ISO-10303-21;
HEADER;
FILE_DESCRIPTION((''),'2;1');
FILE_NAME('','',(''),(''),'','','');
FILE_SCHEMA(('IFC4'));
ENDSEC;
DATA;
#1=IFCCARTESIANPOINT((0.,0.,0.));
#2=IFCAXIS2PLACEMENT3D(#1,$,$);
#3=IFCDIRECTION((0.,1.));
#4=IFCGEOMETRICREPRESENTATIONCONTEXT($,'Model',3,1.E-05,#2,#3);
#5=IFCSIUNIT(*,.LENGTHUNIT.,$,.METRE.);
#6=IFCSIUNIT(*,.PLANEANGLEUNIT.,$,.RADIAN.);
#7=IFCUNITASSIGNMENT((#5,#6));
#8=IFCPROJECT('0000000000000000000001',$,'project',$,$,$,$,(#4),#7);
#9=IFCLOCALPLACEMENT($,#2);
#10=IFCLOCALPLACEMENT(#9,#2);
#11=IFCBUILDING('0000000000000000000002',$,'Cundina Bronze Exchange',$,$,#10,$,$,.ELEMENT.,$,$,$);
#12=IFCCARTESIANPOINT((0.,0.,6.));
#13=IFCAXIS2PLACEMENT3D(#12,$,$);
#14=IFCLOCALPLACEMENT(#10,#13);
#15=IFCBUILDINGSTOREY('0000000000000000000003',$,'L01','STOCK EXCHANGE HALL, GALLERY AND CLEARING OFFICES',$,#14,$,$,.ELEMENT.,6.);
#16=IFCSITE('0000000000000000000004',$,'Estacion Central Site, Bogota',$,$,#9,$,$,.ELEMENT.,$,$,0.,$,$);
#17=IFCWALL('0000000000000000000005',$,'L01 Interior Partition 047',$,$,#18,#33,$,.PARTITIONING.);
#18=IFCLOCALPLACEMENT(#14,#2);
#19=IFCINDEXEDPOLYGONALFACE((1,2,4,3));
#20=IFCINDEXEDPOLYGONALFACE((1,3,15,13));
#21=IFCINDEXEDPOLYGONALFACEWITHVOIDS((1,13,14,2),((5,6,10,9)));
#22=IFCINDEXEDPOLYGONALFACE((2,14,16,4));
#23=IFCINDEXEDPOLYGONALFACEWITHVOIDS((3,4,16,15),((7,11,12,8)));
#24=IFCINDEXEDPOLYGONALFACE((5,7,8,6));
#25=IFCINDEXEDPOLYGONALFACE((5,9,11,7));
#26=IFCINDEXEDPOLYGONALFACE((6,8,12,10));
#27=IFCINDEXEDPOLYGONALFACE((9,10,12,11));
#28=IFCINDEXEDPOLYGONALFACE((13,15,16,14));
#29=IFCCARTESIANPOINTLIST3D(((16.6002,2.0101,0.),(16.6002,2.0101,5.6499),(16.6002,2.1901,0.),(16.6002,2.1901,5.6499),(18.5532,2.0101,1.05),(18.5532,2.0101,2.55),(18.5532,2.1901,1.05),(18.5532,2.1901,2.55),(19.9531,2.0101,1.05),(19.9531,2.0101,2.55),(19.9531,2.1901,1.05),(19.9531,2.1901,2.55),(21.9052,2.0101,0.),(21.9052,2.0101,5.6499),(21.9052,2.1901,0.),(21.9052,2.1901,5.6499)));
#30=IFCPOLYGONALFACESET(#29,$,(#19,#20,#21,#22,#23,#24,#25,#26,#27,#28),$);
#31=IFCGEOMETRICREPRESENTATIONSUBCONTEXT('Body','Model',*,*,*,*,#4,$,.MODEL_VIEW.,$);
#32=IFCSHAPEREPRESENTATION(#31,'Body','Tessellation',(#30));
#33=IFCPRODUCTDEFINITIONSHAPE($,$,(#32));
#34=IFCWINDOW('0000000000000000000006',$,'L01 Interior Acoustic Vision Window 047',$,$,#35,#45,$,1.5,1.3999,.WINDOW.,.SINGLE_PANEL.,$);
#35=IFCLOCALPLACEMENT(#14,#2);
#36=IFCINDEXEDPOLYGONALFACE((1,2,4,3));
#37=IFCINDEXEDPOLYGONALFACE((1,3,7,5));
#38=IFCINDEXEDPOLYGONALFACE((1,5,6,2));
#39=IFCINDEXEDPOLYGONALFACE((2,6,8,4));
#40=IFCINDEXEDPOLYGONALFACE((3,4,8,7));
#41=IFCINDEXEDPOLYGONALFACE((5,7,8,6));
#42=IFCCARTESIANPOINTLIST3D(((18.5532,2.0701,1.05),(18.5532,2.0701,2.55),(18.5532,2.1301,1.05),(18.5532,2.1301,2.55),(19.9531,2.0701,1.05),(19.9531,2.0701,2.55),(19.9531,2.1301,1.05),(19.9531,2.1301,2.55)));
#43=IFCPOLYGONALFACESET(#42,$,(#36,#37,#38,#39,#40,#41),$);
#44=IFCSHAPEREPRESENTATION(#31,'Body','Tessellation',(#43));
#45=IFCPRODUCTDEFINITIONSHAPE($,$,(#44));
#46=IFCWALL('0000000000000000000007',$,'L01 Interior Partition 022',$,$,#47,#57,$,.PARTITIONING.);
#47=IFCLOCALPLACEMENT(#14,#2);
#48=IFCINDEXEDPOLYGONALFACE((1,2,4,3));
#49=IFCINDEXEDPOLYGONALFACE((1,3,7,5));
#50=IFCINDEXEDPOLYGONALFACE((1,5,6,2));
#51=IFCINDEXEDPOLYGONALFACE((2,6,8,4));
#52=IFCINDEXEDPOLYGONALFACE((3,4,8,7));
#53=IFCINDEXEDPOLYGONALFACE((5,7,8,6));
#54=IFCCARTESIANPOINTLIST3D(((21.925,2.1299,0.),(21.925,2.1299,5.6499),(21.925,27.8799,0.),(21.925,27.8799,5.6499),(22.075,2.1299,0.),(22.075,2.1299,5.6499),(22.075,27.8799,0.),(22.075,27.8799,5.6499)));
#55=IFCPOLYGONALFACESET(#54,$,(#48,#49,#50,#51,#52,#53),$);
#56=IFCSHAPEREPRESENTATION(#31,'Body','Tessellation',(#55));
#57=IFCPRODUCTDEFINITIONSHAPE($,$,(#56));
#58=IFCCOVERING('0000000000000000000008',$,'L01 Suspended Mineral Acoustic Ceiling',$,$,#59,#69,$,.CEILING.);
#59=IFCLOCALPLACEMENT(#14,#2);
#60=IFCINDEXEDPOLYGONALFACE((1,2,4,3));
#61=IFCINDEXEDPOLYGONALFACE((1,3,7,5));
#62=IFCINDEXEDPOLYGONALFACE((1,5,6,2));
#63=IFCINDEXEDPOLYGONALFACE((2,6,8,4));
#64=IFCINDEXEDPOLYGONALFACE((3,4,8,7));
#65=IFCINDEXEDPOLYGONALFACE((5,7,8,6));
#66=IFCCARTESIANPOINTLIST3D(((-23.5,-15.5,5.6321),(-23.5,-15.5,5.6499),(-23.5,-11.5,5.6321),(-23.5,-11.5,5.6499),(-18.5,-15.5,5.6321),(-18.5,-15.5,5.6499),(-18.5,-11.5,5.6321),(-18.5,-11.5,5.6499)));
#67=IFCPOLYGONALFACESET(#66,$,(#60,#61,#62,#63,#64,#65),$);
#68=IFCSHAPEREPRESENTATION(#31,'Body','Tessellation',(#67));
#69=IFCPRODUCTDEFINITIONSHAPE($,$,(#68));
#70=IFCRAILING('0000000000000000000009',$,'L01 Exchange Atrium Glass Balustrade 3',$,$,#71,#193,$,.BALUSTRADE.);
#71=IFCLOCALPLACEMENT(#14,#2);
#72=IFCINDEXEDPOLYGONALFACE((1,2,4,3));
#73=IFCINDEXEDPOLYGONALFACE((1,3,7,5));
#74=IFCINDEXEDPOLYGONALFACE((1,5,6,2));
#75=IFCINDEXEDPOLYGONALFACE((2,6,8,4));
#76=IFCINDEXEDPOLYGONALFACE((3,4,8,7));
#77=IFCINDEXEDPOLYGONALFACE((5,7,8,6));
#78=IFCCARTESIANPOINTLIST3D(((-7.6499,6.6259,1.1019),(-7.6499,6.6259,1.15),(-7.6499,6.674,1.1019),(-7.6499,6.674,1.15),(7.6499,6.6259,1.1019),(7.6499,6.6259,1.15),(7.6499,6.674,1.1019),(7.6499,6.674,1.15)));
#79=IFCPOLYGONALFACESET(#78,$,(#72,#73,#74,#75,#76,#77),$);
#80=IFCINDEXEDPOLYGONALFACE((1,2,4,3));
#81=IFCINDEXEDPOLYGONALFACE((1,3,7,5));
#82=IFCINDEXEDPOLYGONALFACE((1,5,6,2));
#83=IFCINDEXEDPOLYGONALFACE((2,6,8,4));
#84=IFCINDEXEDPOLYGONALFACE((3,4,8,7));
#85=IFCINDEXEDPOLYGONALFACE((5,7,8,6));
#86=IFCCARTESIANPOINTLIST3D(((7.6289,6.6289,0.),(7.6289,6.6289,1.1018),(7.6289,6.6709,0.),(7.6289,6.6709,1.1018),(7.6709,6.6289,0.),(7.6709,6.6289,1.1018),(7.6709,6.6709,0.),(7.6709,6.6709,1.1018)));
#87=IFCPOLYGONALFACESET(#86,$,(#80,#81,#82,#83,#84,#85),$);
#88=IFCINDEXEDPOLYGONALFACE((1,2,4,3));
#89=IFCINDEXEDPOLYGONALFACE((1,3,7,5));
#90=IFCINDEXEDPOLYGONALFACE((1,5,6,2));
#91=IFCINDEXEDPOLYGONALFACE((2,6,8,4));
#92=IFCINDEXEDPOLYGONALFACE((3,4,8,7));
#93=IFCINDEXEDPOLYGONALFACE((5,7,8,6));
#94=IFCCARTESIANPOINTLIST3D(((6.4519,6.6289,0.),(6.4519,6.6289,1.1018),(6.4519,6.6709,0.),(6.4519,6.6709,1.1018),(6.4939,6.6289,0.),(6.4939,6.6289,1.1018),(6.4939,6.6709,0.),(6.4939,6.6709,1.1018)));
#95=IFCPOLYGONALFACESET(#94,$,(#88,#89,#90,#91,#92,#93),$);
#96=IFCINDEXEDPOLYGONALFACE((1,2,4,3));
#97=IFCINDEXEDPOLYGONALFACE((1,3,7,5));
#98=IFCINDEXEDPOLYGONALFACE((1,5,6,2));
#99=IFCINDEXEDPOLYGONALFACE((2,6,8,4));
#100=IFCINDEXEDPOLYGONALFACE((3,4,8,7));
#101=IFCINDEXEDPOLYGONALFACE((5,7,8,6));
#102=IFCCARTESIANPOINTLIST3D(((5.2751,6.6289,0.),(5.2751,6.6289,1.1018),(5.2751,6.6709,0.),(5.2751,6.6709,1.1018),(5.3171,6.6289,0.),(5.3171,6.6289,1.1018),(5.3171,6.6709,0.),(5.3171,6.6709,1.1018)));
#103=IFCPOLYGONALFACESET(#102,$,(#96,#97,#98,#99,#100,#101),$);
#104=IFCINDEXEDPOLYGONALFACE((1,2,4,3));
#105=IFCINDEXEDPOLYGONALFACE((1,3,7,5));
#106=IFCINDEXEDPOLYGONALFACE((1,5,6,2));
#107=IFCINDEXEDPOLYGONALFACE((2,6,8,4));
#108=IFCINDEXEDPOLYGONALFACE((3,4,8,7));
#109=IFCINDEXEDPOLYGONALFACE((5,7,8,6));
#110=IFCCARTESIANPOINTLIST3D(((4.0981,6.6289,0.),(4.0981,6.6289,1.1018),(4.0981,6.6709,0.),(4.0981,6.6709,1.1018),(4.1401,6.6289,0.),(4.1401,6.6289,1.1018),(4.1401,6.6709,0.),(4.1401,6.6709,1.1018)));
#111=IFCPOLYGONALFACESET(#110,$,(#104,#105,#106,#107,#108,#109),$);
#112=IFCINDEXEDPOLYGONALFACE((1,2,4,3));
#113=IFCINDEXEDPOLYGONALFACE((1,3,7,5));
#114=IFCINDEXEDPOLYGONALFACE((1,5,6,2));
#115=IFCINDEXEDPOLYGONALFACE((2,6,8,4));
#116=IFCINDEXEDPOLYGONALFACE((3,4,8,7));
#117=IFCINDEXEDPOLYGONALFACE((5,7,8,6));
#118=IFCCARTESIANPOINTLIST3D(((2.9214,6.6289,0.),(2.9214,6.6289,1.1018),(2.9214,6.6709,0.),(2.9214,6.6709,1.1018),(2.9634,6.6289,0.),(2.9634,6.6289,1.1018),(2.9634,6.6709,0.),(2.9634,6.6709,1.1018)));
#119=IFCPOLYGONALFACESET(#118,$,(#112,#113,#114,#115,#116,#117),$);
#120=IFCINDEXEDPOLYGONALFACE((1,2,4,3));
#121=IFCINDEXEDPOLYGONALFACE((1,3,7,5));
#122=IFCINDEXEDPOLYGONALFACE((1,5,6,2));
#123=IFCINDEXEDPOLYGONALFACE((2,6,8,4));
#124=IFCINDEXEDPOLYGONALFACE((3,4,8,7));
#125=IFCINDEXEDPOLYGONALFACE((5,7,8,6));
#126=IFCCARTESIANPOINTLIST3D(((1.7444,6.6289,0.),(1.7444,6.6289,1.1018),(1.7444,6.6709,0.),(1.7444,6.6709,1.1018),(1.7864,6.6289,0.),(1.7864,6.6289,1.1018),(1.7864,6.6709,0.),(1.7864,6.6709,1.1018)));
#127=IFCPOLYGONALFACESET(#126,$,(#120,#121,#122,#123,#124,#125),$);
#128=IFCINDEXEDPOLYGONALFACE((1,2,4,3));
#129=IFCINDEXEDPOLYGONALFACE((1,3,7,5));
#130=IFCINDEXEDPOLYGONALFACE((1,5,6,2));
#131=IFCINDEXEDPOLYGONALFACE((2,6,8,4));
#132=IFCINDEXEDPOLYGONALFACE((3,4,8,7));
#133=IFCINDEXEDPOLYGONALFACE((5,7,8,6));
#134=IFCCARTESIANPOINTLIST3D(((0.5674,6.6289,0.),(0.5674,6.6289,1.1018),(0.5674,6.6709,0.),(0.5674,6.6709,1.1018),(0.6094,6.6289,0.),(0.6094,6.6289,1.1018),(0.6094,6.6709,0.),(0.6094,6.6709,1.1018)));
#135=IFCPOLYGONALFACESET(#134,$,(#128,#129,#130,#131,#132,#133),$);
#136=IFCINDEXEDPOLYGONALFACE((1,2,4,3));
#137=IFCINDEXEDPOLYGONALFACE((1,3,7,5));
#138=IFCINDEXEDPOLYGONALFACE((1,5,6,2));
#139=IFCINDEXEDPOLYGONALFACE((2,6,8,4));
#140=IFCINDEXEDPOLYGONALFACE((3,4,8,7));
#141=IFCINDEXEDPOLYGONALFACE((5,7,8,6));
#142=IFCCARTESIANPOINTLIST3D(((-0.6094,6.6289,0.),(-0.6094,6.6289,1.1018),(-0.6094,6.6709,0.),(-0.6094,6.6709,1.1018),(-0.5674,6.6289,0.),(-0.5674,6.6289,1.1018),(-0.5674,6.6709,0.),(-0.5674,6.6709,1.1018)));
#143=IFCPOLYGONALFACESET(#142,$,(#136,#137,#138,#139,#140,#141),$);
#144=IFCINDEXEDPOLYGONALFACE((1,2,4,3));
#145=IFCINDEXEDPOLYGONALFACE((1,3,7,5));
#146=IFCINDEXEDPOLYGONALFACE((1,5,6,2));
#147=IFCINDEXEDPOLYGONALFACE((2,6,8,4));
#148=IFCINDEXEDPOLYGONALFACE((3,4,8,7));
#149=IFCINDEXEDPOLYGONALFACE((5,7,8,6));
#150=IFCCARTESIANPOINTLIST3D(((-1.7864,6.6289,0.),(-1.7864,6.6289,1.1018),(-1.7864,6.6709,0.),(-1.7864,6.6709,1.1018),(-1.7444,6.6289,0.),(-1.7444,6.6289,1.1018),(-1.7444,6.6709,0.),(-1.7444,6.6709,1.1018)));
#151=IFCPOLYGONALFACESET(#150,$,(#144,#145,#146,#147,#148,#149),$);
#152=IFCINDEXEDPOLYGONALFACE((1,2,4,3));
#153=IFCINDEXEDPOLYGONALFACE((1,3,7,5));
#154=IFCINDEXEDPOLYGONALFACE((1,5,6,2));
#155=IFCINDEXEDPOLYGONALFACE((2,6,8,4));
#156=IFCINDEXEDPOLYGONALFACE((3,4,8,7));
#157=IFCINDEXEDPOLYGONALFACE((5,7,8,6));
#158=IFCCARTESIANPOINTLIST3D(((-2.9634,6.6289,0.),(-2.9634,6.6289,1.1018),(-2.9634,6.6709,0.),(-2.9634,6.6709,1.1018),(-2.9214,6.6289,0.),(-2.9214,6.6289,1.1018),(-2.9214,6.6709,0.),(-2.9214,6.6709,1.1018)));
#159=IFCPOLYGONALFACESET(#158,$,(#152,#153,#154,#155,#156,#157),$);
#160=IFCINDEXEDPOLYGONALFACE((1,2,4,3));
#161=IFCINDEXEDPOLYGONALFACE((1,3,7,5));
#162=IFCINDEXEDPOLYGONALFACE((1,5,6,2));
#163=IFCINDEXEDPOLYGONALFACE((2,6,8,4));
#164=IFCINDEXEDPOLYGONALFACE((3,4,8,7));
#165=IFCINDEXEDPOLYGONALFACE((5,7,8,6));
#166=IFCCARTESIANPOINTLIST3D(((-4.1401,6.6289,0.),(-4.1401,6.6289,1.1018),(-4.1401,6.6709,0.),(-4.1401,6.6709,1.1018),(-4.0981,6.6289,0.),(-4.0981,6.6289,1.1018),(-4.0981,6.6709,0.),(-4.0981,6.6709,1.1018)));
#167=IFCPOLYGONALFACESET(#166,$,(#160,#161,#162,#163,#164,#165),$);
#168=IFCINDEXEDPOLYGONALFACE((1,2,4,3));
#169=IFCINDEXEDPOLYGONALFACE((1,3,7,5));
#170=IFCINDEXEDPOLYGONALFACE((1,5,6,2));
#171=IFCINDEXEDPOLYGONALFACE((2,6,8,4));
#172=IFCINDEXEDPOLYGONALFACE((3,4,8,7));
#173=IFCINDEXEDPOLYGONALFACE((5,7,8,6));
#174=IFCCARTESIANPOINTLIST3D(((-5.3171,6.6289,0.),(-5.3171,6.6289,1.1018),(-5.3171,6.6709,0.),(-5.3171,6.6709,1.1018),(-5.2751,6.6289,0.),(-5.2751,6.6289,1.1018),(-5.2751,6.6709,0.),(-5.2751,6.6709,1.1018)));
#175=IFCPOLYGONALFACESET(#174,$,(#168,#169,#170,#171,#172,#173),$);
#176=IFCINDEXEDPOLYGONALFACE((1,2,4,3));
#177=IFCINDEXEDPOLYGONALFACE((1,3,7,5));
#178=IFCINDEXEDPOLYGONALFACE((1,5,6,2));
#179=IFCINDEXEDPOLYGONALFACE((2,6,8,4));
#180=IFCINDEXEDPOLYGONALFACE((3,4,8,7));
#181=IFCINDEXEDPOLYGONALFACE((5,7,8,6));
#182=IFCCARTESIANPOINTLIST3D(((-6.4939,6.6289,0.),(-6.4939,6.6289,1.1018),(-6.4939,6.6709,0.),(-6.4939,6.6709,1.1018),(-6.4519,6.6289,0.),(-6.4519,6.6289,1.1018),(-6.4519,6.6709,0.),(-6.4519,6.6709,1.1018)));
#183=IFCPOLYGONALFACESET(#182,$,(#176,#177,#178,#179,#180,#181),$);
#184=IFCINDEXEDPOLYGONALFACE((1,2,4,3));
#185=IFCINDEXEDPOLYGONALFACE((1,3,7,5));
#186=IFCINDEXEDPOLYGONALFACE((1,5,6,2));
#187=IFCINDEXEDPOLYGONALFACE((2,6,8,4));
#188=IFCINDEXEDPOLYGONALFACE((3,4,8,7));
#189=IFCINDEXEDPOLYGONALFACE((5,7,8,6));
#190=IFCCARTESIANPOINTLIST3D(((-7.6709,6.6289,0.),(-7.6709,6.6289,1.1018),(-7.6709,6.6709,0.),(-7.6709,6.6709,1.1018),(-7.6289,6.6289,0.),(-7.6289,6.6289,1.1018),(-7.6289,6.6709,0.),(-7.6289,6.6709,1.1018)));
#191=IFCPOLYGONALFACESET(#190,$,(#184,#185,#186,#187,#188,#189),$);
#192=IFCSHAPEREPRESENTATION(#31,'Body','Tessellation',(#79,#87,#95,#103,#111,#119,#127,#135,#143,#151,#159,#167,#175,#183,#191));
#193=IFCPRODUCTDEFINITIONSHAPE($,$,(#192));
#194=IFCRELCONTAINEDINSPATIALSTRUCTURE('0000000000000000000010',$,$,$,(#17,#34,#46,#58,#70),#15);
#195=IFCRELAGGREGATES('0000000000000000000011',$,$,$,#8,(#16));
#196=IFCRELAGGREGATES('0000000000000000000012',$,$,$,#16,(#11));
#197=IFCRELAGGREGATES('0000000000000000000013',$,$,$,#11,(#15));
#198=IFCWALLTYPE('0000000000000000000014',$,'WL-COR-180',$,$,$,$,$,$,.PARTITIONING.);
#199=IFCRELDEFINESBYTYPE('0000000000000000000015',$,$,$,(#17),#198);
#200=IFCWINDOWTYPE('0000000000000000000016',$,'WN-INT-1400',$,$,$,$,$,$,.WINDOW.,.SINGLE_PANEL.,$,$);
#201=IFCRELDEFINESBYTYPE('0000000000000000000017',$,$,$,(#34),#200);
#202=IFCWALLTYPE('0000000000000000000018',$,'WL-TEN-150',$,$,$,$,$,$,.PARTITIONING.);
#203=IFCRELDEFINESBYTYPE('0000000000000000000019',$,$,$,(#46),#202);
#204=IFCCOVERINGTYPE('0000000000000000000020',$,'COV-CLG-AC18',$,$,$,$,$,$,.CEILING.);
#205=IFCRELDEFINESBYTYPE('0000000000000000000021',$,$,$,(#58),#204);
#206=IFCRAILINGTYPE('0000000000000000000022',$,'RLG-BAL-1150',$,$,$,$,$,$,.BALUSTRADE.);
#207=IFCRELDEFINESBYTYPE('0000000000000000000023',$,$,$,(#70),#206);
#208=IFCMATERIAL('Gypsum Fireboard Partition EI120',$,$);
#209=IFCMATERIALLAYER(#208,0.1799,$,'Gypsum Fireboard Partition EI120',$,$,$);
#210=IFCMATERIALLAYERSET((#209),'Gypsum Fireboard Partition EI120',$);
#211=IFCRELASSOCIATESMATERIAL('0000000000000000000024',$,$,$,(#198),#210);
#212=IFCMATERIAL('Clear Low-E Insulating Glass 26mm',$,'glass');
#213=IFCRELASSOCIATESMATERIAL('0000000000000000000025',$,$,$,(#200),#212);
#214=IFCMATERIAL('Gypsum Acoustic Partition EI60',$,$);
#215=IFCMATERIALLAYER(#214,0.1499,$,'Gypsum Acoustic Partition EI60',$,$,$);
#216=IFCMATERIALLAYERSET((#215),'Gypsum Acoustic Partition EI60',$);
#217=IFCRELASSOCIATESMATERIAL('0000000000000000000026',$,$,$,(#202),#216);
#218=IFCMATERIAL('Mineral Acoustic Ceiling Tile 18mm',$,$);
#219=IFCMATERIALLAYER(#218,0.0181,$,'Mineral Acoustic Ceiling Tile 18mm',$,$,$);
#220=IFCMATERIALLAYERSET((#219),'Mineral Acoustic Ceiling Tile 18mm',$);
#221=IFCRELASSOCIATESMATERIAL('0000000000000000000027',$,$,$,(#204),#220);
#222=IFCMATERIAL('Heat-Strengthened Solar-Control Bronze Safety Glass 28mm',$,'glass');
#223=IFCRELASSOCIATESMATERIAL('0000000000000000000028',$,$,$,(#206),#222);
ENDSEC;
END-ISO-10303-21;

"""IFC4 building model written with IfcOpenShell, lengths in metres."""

from ifc_helpers import new_model, si_unit, direction, frame, frame_2d, origin, origin_2d, place, context, subcontext, project, spatial, polyline, rectangle, outline, extrude, material, layer, layer_set, type_object, element, fill, save


model = new_model("IFC4")

# Units and contexts
model_context = context("Model", 3, precision=1e-05, world=origin(), true_north=direction((0.0, 1.0)))
body_context = subcontext(model_context, "Body", "Model", "MODEL_VIEW")
ifc_project = project(units=[si_unit("LENGTHUNIT", "METRE"), si_unit("PLANEANGLEUNIT", "RADIAN")], contexts=[model_context])

# Site, building, storey
site_placement = place(None, origin())
site = spatial("IfcSite", under=ifc_project, at=site_placement, Name="Estacion Central Site, Bogota", CompositionType="ELEMENT", RefElevation=0.0)
building_placement = place(site_placement, origin())
building = spatial("IfcBuilding", under=site, at=building_placement, Name="Cundina Bronze Exchange", CompositionType="ELEMENT")
storey_placement = place(building_placement, frame((0.0, 0.0, 6.0)))
storey = spatial("IfcBuildingStorey", under=building, at=storey_placement, Name="L01", Description="STOCK EXCHANGE HALL, GALLERY AND CLEARING OFFICES", CompositionType="ELEMENT", Elevation=6.0)

# Shared definitions
ifc_material_1 = material(Name="Gypsum Fireboard Partition EI120")
ifc_layer_1 = layer(ifc_material_1, 0.1799, Name="Gypsum Fireboard Partition EI120")
ifc_layer_set_1 = layer_set([ifc_layer_1], Name="Gypsum Fireboard Partition EI120")
wall_type_1 = type_object("IfcWallType", Name="WL-COR-180", PredefinedType="PARTITIONING", material=ifc_layer_set_1)

# Wall, opening, window
ifc_material_2 = material(Name="Clear Low-E Insulating Glass 26mm", Category="glass")
wall_1_placement = place(storey_placement, frame((21.905, 2.1001, 0.0), z_axis=(0.0, 0.0, 1.0), x_axis=(-1.0, 0.0, 0.0)))
wall_1 = element("IfcWall", 1, at=wall_1_placement, inside=storey, type_object=wall_type_1, Name="L01 Interior Partition 047", PredefinedType="PARTITIONING", context=body_context, shape_type="SweptSolid", body=[
    extrude(rectangle(XDim=5.3049, YDim=0.1799, at=frame_2d((2.6523, 0.0))), origin(), (0.0, 0.0, 1.0), 5.6499),
])
opening_1_placement = place(wall_1_placement, frame((1.9519, 0.0, 1.05)))
opening_1 = element("IfcOpeningElement", 2, at=opening_1_placement, cuts=wall_1, PredefinedType="OPENING", context=body_context, shape_type="SweptSolid", body=[
    extrude(rectangle(XDim=1.3999, YDim=1.5, at=frame_2d((0.7, 0.75))), frame((0.0, 0.0999, 0.0), z_axis=(0.0, -1.0, 0.0), x_axis=(1.0, 0.0, 0.0)), (0.0, 0.0, 1.0), 0.2),
])
window_type_1 = type_object("IfcWindowType", Name="WN-INT-1400", PartitioningType="SINGLE_PANEL", PredefinedType="WINDOW", material=ifc_material_2)
window_1_placement = place(opening_1_placement, origin())
window_1 = element("IfcWindow", 3, at=window_1_placement, inside=storey, type_object=window_type_1, Name="L01 Interior Acoustic Vision Window 047", OverallHeight=1.5, OverallWidth=1.3999, PartitioningType="SINGLE_PANEL", PredefinedType="WINDOW", context=body_context, shape_type="SweptSolid", body=[
    extrude(rectangle(XDim=1.3999, YDim=1.5, at=frame_2d((0.7, 0.75))), frame((0.0, 0.03, 0.0), z_axis=(0.0, -1.0, 0.0), x_axis=(1.0, 0.0, 0.0)), (0.0, 0.0, 1.0), 0.0601),
])
fill(opening_1, window_1)

# Wall
ifc_material_3 = material(Name="Gypsum Acoustic Partition EI60")
ifc_layer_2 = layer(ifc_material_3, 0.1499, Name="Gypsum Acoustic Partition EI60")
ifc_layer_set_2 = layer_set([ifc_layer_2], Name="Gypsum Acoustic Partition EI60")
wall_type_2 = type_object("IfcWallType", Name="WL-TEN-150", PredefinedType="PARTITIONING", material=ifc_layer_set_2)
wall_2_placement = place(storey_placement, frame((22.0, 2.1299, 0.0), z_axis=(0.0, 0.0, 1.0), x_axis=(0.0, 1.0, 0.0)))
element("IfcWall", 4, at=wall_2_placement, inside=storey, type_object=wall_type_2, Name="L01 Interior Partition 022", PredefinedType="PARTITIONING", context=body_context, shape_type="SweptSolid", body=[
    extrude(rectangle(XDim=25.75, YDim=0.1499, at=frame_2d((12.875, 0.0))), origin(), (0.0, 0.0, 1.0), 5.6499),
])

# Covering
ifc_material_4 = material(Name="Mineral Acoustic Ceiling Tile 18mm")
ifc_layer_3 = layer(ifc_material_4, 0.0181, Name="Mineral Acoustic Ceiling Tile 18mm")
ifc_layer_set_3 = layer_set([ifc_layer_3], Name="Mineral Acoustic Ceiling Tile 18mm")
covering_type = type_object("IfcCoveringType", Name="COV-CLG-AC18", PredefinedType="CEILING", material=ifc_layer_set_3)
covering_placement = place(storey_placement, frame((0.0, 0.0, 5.6321)))
element("IfcCovering", 5, at=covering_placement, inside=storey, type_object=covering_type, Name="L01 Suspended Mineral Acoustic Ceiling", PredefinedType="CEILING", context=body_context, shape_type="SweptSolid", body=[
    extrude(outline(polyline([(-23.5, -15.5), (-18.5, -15.5), (-18.5, -11.5), (-23.5, -11.5), (-23.5, -15.5)])), origin(), (0.0, 0.0, 1.0), 0.0178),
])

# Railing
ifc_material_5 = material(Name="Heat-Strengthened Solar-Control Bronze Safety Glass 28mm", Category="glass")
railing_type = type_object("IfcRailingType", Name="RLG-BAL-1150", PredefinedType="BALUSTRADE", material=ifc_material_5)
railing_placement = place(storey_placement, frame((7.6499, 6.6499, 0.0)))
element("IfcRailing", 6, at=railing_placement, inside=storey, type_object=railing_type, Name="L01 Exchange Atrium Glass Balustrade 3", PredefinedType="BALUSTRADE", context=body_context, shape_type="SweptSolid", body=[
    extrude(rectangle(XDim=0.0481, YDim=0.0481, at=origin_2d()), frame((0.0, 0.0, 1.126), z_axis=(-1.0, 0.0, 0.0), x_axis=(0.0, -1.0, 0.0)), (0.0, 0.0, 1.0), 15.2998),
    extrude(rectangle(XDim=0.042, YDim=0.042, at=origin_2d()), origin(), (0.0, 0.0, 1.0), 1.1018),
    extrude(rectangle(XDim=0.042, YDim=0.042, at=origin_2d()), frame((-1.177, 0.0, 0.0)), (0.0, 0.0, 1.0), 1.1018),
    extrude(rectangle(XDim=0.042, YDim=0.042, at=origin_2d()), frame((-2.3538, 0.0, 0.0)), (0.0, 0.0, 1.0), 1.1018),
    extrude(rectangle(XDim=0.042, YDim=0.042, at=origin_2d()), frame((-3.5308, 0.0, 0.0)), (0.0, 0.0, 1.0), 1.1018),
    extrude(rectangle(XDim=0.042, YDim=0.042, at=origin_2d()), frame((-4.7075, 0.0, 0.0)), (0.0, 0.0, 1.0), 1.1018),
    extrude(rectangle(XDim=0.042, YDim=0.042, at=origin_2d()), frame((-5.8845, 0.0, 0.0)), (0.0, 0.0, 1.0), 1.1018),
    extrude(rectangle(XDim=0.042, YDim=0.042, at=origin_2d()), frame((-7.0615, 0.0, 0.0)), (0.0, 0.0, 1.0), 1.1018),
    extrude(rectangle(XDim=0.042, YDim=0.042, at=origin_2d()), frame((-8.2383, 0.0, 0.0)), (0.0, 0.0, 1.0), 1.1018),
    extrude(rectangle(XDim=0.042, YDim=0.042, at=origin_2d()), frame((-9.4153, 0.0, 0.0)), (0.0, 0.0, 1.0), 1.1018),
    extrude(rectangle(XDim=0.042, YDim=0.042, at=origin_2d()), frame((-10.5923, 0.0, 0.0)), (0.0, 0.0, 1.0), 1.1018),
    extrude(rectangle(XDim=0.042, YDim=0.042, at=origin_2d()), frame((-11.769, 0.0, 0.0)), (0.0, 0.0, 1.0), 1.1018),
    extrude(rectangle(XDim=0.042, YDim=0.042, at=origin_2d()), frame((-12.946, 0.0, 0.0)), (0.0, 0.0, 1.0), 1.1018),
    extrude(rectangle(XDim=0.042, YDim=0.042, at=origin_2d()), frame((-14.1228, 0.0, 0.0)), (0.0, 0.0, 1.0), 1.1018),
    extrude(rectangle(XDim=0.042, YDim=0.042, at=origin_2d()), frame((-15.2998, 0.0, 0.0)), (0.0, 0.0, 1.0), 1.1018),
])

save(model, "model.ifc")
